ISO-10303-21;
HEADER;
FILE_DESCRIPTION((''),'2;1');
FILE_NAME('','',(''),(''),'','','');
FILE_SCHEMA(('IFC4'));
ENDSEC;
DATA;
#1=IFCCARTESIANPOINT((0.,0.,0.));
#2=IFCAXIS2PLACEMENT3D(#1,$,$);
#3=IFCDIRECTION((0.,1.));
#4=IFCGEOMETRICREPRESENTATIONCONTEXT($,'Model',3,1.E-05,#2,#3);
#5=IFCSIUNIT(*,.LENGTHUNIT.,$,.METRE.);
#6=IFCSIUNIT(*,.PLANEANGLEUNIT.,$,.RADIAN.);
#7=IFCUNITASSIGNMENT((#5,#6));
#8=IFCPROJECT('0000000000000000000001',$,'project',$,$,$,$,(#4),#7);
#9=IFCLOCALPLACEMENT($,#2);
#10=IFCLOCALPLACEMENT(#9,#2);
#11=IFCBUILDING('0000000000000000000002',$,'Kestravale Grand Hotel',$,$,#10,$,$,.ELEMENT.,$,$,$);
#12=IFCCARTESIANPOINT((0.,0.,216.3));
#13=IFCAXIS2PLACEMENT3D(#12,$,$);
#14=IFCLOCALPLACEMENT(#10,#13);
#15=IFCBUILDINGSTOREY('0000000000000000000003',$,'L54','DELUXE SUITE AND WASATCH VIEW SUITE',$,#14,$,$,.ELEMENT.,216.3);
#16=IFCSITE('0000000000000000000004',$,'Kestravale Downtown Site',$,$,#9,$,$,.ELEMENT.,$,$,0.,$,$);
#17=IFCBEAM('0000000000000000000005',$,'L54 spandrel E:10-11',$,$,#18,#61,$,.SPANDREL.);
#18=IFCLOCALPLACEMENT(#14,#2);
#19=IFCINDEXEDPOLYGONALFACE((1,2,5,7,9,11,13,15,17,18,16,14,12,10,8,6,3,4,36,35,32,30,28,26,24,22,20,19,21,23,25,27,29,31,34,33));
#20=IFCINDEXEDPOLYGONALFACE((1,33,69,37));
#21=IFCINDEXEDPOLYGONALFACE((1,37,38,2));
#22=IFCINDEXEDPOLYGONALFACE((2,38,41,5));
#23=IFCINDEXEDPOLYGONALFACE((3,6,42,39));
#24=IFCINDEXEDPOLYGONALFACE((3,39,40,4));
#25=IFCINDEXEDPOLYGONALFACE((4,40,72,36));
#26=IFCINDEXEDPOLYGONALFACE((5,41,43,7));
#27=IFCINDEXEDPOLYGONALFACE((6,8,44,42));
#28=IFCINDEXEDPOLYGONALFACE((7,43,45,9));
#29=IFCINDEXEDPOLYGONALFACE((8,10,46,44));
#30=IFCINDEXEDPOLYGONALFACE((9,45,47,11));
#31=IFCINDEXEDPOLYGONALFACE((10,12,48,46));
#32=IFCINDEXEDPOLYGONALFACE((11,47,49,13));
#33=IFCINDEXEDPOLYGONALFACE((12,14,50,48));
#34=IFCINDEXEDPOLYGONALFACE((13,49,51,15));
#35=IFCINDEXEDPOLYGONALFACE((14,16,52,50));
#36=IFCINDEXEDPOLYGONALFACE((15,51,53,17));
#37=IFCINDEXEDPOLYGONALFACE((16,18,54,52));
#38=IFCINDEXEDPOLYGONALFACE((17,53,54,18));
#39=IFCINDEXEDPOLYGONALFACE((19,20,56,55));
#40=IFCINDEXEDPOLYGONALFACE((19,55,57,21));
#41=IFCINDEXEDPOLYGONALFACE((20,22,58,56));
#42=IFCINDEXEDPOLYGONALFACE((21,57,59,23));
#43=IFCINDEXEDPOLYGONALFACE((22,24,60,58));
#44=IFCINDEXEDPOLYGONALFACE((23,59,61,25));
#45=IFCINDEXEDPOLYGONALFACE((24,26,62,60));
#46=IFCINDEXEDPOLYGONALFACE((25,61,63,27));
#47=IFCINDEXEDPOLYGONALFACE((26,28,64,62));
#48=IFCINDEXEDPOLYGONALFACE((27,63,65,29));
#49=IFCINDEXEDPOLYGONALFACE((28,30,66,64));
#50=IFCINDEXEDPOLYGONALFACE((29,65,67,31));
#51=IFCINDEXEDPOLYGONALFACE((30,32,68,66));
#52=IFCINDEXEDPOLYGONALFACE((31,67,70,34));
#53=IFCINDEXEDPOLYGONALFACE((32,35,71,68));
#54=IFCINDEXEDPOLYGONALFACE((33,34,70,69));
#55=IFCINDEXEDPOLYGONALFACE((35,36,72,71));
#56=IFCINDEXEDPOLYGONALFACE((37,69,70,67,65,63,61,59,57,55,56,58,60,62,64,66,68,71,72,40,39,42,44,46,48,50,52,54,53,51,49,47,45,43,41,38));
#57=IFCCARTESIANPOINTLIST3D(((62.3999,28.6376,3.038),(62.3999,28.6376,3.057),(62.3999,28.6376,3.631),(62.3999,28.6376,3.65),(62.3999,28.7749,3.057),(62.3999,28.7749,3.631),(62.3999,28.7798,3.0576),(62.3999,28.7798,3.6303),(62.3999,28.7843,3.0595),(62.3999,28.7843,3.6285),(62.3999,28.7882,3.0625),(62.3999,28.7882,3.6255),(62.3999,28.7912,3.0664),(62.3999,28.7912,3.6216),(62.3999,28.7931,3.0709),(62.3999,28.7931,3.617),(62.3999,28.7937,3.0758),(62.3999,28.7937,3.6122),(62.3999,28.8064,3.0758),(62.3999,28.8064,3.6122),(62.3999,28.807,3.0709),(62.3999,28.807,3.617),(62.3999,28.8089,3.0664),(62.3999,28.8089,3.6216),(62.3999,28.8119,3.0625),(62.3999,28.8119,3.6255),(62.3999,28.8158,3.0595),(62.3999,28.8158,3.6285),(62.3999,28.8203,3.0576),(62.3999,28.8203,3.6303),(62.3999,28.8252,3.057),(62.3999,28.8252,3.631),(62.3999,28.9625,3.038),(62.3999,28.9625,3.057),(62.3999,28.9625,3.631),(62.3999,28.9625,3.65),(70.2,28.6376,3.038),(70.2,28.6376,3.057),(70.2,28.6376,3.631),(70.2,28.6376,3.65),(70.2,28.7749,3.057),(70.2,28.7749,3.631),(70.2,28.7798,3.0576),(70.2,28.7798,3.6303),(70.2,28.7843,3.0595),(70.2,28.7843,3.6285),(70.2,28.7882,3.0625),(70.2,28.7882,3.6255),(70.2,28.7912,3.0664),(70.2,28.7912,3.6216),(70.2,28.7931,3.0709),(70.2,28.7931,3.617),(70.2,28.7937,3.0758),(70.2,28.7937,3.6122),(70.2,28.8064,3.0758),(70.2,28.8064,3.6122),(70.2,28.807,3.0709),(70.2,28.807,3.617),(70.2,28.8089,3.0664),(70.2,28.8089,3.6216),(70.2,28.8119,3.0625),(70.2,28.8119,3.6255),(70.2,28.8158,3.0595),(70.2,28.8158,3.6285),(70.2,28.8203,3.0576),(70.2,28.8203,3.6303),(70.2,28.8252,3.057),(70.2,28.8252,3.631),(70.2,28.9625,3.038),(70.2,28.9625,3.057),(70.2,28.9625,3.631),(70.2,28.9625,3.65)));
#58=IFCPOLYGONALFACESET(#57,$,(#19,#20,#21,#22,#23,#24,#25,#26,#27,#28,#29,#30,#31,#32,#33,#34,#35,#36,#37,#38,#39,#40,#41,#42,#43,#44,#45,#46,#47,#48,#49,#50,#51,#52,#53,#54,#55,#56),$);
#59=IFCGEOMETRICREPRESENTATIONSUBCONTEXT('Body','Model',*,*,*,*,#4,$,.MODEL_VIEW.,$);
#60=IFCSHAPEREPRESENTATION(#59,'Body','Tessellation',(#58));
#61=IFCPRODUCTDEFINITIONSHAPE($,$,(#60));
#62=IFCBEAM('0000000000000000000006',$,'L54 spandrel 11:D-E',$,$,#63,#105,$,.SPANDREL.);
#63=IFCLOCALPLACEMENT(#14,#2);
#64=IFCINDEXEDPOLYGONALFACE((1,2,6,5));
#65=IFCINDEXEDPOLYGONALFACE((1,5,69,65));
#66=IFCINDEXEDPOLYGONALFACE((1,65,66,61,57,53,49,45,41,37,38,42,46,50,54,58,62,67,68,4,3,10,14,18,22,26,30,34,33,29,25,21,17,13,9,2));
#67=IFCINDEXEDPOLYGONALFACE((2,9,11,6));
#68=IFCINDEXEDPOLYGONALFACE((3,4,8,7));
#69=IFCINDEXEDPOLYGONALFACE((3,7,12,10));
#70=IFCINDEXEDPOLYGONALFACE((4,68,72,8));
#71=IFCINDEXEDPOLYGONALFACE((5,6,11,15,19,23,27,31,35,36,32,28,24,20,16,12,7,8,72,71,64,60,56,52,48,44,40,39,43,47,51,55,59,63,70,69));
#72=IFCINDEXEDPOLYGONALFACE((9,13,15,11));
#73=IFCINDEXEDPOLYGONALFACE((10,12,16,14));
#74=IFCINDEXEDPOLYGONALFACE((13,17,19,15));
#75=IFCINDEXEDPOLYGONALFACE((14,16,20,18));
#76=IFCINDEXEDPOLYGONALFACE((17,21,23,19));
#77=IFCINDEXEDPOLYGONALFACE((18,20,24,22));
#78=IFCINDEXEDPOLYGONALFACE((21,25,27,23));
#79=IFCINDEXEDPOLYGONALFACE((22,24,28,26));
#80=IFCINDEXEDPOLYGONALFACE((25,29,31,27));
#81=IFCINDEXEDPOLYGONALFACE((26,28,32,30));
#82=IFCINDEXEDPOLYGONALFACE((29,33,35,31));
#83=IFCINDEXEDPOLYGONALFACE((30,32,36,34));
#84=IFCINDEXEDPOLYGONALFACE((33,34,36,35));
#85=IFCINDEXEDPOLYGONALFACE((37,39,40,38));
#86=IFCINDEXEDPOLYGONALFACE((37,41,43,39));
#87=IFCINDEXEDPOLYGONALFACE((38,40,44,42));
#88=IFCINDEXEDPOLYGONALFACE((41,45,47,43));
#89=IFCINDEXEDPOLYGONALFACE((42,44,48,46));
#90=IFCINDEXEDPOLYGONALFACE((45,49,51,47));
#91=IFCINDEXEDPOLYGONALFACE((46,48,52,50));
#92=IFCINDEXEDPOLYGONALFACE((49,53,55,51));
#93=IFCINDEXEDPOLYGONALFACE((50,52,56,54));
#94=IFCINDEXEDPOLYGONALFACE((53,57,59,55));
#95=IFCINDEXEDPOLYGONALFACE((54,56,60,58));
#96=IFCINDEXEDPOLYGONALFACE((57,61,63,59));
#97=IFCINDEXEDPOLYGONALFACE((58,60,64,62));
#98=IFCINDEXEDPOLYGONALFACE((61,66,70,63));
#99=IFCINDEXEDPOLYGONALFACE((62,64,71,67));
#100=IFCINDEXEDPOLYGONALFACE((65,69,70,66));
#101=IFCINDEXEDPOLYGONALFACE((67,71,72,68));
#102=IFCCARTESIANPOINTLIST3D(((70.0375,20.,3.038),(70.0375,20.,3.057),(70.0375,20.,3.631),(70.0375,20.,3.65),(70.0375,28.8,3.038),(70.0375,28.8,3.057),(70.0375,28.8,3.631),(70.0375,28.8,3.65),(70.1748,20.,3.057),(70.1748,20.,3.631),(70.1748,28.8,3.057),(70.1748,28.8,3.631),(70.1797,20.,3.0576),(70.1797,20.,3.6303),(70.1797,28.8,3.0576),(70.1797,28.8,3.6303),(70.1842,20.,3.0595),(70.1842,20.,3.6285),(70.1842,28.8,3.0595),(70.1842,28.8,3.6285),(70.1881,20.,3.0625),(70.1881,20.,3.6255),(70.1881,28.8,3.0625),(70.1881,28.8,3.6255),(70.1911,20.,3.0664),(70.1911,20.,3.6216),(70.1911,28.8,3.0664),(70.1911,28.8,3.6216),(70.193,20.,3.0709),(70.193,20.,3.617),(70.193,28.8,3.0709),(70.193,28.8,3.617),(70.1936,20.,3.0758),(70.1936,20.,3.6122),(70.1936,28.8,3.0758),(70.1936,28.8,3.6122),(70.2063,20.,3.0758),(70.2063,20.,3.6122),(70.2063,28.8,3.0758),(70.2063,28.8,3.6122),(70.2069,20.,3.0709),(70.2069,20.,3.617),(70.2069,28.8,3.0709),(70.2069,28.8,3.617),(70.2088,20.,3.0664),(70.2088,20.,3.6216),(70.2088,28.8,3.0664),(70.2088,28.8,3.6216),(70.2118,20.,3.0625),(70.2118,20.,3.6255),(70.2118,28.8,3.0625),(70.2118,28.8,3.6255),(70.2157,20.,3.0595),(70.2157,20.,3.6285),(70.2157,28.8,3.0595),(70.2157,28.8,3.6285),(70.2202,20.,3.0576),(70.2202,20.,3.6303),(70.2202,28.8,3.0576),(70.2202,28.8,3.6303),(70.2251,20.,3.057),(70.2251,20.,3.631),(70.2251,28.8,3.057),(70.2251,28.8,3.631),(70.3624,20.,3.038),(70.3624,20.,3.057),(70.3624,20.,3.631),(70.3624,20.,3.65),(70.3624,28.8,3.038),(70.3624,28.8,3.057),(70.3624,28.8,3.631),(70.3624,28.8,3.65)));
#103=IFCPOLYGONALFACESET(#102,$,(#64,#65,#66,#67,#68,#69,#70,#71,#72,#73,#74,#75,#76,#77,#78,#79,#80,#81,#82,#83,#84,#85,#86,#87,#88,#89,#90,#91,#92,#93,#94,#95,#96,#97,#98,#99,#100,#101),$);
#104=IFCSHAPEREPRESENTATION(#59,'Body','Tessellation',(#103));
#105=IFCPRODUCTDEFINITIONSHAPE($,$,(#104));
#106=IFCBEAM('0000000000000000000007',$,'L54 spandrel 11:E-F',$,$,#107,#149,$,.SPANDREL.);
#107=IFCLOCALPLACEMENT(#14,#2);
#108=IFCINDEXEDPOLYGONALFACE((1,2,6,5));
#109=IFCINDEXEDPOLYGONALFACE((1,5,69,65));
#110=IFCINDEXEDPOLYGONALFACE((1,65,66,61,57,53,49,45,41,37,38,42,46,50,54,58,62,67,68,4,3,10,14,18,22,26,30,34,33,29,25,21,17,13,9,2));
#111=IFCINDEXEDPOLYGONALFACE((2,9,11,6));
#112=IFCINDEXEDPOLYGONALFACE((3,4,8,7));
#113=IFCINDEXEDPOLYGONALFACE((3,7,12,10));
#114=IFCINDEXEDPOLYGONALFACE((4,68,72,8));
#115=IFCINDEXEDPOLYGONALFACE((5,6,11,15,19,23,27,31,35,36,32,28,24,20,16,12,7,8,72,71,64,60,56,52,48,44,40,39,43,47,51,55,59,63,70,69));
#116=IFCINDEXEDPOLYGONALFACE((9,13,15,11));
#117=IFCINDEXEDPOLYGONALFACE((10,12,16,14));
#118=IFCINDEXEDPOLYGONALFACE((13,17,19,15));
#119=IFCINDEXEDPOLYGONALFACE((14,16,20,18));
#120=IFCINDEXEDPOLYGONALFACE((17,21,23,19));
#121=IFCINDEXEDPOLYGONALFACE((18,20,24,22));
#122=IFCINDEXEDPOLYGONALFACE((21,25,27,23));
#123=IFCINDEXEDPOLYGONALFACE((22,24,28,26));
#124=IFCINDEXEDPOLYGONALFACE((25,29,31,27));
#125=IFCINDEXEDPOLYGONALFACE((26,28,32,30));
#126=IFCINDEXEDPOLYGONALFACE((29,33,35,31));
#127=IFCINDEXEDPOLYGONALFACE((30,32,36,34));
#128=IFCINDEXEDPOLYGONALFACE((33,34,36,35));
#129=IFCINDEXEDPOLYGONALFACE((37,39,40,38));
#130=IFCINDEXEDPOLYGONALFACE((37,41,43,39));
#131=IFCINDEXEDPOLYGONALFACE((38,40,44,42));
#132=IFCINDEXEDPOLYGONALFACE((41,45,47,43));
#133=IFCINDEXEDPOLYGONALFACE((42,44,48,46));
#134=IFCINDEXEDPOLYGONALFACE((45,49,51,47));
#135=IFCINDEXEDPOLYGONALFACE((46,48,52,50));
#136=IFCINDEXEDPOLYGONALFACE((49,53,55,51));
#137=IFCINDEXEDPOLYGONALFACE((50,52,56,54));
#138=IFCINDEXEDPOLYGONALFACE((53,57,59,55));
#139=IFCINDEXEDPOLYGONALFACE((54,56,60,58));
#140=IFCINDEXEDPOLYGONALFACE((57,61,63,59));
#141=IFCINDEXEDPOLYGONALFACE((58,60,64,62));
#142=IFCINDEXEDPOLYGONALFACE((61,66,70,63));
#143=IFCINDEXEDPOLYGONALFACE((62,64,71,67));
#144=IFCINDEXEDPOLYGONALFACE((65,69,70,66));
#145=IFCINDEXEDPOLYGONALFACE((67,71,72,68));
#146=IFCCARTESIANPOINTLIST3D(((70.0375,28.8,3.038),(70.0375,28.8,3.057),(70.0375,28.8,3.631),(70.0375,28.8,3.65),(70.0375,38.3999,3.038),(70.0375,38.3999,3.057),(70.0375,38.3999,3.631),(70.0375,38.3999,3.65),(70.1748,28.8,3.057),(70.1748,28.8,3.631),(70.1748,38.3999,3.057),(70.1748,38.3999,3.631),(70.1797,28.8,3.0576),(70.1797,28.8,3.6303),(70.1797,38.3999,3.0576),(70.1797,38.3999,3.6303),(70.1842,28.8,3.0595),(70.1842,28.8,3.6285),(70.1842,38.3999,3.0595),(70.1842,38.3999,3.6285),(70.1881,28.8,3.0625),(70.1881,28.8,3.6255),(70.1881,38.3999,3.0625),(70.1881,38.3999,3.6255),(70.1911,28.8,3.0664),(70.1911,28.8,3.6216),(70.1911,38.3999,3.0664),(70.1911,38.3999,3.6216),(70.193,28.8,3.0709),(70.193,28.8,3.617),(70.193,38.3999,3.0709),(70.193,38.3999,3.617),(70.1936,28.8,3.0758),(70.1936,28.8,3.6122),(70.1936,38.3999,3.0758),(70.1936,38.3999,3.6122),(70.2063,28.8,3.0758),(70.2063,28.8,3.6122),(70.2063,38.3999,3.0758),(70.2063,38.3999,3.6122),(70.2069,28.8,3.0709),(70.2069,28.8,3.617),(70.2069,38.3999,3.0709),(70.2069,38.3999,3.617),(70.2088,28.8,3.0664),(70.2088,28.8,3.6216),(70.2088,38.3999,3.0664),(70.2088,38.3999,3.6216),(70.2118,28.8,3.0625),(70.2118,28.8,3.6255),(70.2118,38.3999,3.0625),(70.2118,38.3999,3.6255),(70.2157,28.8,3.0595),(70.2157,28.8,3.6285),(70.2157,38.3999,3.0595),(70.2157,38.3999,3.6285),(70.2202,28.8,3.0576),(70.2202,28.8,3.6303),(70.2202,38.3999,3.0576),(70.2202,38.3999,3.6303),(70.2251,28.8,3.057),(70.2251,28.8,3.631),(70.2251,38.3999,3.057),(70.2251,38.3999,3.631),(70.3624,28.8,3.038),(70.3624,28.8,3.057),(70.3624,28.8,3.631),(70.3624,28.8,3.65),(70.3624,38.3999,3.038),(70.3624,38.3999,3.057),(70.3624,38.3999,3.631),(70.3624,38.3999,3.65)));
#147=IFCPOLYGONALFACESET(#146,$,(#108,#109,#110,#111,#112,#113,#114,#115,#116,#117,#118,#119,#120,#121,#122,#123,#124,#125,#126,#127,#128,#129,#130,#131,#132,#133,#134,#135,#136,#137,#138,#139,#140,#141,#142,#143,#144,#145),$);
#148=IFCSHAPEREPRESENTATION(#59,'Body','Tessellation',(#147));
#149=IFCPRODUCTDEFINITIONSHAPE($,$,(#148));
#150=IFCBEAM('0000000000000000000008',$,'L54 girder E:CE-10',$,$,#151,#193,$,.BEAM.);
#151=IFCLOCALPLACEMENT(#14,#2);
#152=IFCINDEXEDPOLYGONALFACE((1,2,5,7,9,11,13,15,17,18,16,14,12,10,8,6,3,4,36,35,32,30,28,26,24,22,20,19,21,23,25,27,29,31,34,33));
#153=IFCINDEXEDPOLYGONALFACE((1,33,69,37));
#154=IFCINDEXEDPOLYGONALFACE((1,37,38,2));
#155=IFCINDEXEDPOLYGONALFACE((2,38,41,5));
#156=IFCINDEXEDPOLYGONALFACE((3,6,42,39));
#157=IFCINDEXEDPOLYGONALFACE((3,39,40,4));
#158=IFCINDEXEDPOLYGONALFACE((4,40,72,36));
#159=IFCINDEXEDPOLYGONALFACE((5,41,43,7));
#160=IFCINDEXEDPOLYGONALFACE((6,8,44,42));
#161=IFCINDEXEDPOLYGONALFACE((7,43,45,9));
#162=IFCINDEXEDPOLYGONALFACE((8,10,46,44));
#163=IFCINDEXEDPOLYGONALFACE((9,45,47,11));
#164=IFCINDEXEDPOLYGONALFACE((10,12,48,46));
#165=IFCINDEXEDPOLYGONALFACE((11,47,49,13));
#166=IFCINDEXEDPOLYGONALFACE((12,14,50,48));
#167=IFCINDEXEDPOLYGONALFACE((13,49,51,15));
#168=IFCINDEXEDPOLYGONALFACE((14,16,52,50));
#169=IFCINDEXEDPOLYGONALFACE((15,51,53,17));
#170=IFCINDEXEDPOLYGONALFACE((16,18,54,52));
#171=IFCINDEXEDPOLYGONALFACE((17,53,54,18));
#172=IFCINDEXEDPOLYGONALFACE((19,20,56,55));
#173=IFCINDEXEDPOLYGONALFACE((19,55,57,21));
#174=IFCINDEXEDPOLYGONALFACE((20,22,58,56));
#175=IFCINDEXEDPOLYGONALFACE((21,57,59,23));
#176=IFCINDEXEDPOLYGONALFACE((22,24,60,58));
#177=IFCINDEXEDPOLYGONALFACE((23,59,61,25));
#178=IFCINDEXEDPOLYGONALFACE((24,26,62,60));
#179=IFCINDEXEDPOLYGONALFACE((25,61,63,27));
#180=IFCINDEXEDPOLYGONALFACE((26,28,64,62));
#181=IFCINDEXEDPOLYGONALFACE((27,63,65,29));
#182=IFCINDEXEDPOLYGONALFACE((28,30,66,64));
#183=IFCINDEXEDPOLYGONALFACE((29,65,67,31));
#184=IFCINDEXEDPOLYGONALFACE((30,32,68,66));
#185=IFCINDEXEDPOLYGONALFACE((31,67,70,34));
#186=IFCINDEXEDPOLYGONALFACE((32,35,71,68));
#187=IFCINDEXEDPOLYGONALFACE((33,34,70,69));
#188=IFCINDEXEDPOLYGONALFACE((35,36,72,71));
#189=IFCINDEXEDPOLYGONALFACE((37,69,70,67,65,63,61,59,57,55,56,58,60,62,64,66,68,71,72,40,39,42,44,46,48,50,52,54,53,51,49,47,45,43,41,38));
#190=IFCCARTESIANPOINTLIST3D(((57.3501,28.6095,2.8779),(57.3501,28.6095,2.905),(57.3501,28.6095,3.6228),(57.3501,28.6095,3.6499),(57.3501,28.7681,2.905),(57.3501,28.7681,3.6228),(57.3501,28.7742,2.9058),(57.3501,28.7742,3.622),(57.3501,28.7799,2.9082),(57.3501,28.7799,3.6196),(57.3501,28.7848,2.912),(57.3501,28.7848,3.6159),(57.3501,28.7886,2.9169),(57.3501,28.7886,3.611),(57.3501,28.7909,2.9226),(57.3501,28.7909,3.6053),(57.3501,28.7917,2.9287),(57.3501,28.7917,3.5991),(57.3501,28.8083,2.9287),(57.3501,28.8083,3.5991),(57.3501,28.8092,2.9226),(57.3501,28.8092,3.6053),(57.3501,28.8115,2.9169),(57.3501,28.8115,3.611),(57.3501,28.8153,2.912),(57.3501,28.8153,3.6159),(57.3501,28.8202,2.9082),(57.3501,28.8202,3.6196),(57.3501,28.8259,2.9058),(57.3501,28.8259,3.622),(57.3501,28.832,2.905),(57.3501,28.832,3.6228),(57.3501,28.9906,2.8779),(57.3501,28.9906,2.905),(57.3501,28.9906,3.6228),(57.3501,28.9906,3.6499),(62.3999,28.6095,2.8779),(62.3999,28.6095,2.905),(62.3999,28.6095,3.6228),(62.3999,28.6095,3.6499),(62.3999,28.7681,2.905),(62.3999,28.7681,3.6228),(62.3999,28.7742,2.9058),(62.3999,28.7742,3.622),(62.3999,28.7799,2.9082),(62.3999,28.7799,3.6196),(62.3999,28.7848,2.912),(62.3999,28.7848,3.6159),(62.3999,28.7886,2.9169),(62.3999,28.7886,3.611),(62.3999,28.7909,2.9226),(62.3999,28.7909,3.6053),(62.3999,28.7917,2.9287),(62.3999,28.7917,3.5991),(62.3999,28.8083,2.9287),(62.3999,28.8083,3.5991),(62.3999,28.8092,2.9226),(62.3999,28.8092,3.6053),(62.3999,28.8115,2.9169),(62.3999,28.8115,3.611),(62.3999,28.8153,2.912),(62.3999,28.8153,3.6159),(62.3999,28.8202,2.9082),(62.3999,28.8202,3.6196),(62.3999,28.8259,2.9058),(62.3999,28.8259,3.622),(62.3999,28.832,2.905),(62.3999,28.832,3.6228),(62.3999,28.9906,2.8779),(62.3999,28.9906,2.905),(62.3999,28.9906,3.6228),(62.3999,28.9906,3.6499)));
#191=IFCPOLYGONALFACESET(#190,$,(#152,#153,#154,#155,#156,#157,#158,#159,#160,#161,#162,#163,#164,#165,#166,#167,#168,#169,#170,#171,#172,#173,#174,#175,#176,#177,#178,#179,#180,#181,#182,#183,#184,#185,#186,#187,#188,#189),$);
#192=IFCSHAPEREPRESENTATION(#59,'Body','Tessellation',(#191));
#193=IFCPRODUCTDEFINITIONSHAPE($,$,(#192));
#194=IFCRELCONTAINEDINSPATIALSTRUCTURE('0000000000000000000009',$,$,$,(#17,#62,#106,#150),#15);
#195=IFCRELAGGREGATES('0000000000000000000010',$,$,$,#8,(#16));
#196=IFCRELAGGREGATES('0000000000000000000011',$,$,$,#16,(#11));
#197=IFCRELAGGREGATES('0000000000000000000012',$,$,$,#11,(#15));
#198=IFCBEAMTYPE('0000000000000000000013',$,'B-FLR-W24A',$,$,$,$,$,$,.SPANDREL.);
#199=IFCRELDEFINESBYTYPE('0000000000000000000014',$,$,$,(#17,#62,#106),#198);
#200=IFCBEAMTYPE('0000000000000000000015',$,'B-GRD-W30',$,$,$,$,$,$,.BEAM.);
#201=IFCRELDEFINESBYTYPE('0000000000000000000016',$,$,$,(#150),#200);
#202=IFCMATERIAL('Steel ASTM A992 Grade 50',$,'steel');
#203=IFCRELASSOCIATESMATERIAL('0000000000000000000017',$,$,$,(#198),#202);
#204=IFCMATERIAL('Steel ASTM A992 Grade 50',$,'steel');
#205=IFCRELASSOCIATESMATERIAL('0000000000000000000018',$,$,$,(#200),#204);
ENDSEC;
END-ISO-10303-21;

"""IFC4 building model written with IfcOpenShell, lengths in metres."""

from ifc_helpers import new_model, si_unit, direction, frame, origin, origin_2d, place, context, subcontext, project, spatial, i_section, extrude, material, material_profile, profile_set, type_object, element, save


model = new_model("IFC4")

# Units and contexts
model_context = context("Model", 3, precision=1e-05, world=origin(), true_north=direction((0.0, 1.0)))
body_context = subcontext(model_context, "Body", "Model", "MODEL_VIEW")
ifc_project = project(units=[si_unit("LENGTHUNIT", "METRE"), si_unit("PLANEANGLEUNIT", "RADIAN")], contexts=[model_context])

# Site, building, storey
site_placement = place(None, origin())
site = spatial("IfcSite", under=ifc_project, at=site_placement, Name="Kestravale Downtown Site", CompositionType="ELEMENT", RefElevation=0.0)
building_placement = place(site_placement, origin())
building = spatial("IfcBuilding", under=site, at=building_placement, Name="Kestravale Grand Hotel", CompositionType="ELEMENT")
storey_placement = place(building_placement, frame((0.0, 0.0, 216.3)))
storey = spatial("IfcBuildingStorey", under=building, at=storey_placement, Name="L54", Description="DELUXE SUITE AND WASATCH VIEW SUITE", CompositionType="ELEMENT", Elevation=216.3)

# Beams
ifc_material_1 = material(Name="Steel ASTM A992 Grade 50", Category="steel")
ifc_material_profile_1 = material_profile(ifc_material_1, i_section(OverallWidth=0.325, OverallDepth=0.6121, WebThickness=0.0127, FlangeThickness=0.019, FilletRadius=0.0188, at=origin_2d()))
ifc_profile_set_1 = profile_set([ifc_material_profile_1], Name="Steel ASTM A992 Grade 50")
beam_type_1 = type_object("IfcBeamType", Name="B-FLR-W24A", PredefinedType="SPANDREL", material=ifc_profile_set_1)
beam_1_placement = place(storey_placement, frame((62.3999, 28.8, 3.344), z_axis=(1.0, 0.0, 0.0), x_axis=(0.0, 1.0, 0.0)))
element("IfcBeam", 1, at=beam_1_placement, inside=storey, type_object=beam_type_1, Name="L54 spandrel E:10-11", PredefinedType="SPANDREL", context=body_context, shape_type="SweptSolid", body=[
    extrude(i_section(OverallWidth=0.325, OverallDepth=0.6121, WebThickness=0.0127, FlangeThickness=0.019, FilletRadius=0.0188, at=origin_2d()), origin(), (0.0, 0.0, 1.0), 7.8),
])
beam_2_placement = place(storey_placement, frame((70.2, 20.0, 3.344), z_axis=(0.0, 1.0, 0.0), x_axis=(-1.0, 0.0, 0.0)))
element("IfcBeam", 2, at=beam_2_placement, inside=storey, type_object=beam_type_1, Name="L54 spandrel 11:D-E", PredefinedType="SPANDREL", context=body_context, shape_type="SweptSolid", body=[
    extrude(i_section(OverallWidth=0.325, OverallDepth=0.6121, WebThickness=0.0127, FlangeThickness=0.019, FilletRadius=0.0188, at=origin_2d()), origin(), (0.0, 0.0, 1.0), 8.8),
])
beam_3_placement = place(storey_placement, frame((70.2, 28.8, 3.344), z_axis=(0.0, 1.0, 0.0), x_axis=(-1.0, 0.0, 0.0)))
element("IfcBeam", 3, at=beam_3_placement, inside=storey, type_object=beam_type_1, Name="L54 spandrel 11:E-F", PredefinedType="SPANDREL", context=body_context, shape_type="SweptSolid", body=[
    extrude(i_section(OverallWidth=0.325, OverallDepth=0.6121, WebThickness=0.0127, FlangeThickness=0.019, FilletRadius=0.0188, at=origin_2d()), origin(), (0.0, 0.0, 1.0), 9.5999),
])
ifc_material_2 = material(Name="Steel ASTM A992 Grade 50", Category="steel")
ifc_material_profile_2 = material_profile(ifc_material_2, i_section(OverallWidth=0.3811, OverallDepth=0.772, WebThickness=0.0166, FlangeThickness=0.0271, FilletRadius=0.0237, at=origin_2d()))
ifc_profile_set_2 = profile_set([ifc_material_profile_2], Name="Steel ASTM A992 Grade 50")
beam_type_2 = type_object("IfcBeamType", Name="B-GRD-W30", PredefinedType="BEAM", material=ifc_profile_set_2)
beam_4_placement = place(storey_placement, frame((57.3501, 28.8, 3.2639), z_axis=(1.0, 0.0, 0.0), x_axis=(0.0, 1.0, 0.0)))
element("IfcBeam", 4, at=beam_4_placement, inside=storey, type_object=beam_type_2, Name="L54 girder E:CE-10", PredefinedType="BEAM", context=body_context, shape_type="SweptSolid", body=[
    extrude(i_section(OverallWidth=0.3811, OverallDepth=0.772, WebThickness=0.0166, FlangeThickness=0.0271, FilletRadius=0.0237, at=origin_2d()), origin(), (0.0, 0.0, 1.0), 5.0498),
])

save(model, "model.ifc")
